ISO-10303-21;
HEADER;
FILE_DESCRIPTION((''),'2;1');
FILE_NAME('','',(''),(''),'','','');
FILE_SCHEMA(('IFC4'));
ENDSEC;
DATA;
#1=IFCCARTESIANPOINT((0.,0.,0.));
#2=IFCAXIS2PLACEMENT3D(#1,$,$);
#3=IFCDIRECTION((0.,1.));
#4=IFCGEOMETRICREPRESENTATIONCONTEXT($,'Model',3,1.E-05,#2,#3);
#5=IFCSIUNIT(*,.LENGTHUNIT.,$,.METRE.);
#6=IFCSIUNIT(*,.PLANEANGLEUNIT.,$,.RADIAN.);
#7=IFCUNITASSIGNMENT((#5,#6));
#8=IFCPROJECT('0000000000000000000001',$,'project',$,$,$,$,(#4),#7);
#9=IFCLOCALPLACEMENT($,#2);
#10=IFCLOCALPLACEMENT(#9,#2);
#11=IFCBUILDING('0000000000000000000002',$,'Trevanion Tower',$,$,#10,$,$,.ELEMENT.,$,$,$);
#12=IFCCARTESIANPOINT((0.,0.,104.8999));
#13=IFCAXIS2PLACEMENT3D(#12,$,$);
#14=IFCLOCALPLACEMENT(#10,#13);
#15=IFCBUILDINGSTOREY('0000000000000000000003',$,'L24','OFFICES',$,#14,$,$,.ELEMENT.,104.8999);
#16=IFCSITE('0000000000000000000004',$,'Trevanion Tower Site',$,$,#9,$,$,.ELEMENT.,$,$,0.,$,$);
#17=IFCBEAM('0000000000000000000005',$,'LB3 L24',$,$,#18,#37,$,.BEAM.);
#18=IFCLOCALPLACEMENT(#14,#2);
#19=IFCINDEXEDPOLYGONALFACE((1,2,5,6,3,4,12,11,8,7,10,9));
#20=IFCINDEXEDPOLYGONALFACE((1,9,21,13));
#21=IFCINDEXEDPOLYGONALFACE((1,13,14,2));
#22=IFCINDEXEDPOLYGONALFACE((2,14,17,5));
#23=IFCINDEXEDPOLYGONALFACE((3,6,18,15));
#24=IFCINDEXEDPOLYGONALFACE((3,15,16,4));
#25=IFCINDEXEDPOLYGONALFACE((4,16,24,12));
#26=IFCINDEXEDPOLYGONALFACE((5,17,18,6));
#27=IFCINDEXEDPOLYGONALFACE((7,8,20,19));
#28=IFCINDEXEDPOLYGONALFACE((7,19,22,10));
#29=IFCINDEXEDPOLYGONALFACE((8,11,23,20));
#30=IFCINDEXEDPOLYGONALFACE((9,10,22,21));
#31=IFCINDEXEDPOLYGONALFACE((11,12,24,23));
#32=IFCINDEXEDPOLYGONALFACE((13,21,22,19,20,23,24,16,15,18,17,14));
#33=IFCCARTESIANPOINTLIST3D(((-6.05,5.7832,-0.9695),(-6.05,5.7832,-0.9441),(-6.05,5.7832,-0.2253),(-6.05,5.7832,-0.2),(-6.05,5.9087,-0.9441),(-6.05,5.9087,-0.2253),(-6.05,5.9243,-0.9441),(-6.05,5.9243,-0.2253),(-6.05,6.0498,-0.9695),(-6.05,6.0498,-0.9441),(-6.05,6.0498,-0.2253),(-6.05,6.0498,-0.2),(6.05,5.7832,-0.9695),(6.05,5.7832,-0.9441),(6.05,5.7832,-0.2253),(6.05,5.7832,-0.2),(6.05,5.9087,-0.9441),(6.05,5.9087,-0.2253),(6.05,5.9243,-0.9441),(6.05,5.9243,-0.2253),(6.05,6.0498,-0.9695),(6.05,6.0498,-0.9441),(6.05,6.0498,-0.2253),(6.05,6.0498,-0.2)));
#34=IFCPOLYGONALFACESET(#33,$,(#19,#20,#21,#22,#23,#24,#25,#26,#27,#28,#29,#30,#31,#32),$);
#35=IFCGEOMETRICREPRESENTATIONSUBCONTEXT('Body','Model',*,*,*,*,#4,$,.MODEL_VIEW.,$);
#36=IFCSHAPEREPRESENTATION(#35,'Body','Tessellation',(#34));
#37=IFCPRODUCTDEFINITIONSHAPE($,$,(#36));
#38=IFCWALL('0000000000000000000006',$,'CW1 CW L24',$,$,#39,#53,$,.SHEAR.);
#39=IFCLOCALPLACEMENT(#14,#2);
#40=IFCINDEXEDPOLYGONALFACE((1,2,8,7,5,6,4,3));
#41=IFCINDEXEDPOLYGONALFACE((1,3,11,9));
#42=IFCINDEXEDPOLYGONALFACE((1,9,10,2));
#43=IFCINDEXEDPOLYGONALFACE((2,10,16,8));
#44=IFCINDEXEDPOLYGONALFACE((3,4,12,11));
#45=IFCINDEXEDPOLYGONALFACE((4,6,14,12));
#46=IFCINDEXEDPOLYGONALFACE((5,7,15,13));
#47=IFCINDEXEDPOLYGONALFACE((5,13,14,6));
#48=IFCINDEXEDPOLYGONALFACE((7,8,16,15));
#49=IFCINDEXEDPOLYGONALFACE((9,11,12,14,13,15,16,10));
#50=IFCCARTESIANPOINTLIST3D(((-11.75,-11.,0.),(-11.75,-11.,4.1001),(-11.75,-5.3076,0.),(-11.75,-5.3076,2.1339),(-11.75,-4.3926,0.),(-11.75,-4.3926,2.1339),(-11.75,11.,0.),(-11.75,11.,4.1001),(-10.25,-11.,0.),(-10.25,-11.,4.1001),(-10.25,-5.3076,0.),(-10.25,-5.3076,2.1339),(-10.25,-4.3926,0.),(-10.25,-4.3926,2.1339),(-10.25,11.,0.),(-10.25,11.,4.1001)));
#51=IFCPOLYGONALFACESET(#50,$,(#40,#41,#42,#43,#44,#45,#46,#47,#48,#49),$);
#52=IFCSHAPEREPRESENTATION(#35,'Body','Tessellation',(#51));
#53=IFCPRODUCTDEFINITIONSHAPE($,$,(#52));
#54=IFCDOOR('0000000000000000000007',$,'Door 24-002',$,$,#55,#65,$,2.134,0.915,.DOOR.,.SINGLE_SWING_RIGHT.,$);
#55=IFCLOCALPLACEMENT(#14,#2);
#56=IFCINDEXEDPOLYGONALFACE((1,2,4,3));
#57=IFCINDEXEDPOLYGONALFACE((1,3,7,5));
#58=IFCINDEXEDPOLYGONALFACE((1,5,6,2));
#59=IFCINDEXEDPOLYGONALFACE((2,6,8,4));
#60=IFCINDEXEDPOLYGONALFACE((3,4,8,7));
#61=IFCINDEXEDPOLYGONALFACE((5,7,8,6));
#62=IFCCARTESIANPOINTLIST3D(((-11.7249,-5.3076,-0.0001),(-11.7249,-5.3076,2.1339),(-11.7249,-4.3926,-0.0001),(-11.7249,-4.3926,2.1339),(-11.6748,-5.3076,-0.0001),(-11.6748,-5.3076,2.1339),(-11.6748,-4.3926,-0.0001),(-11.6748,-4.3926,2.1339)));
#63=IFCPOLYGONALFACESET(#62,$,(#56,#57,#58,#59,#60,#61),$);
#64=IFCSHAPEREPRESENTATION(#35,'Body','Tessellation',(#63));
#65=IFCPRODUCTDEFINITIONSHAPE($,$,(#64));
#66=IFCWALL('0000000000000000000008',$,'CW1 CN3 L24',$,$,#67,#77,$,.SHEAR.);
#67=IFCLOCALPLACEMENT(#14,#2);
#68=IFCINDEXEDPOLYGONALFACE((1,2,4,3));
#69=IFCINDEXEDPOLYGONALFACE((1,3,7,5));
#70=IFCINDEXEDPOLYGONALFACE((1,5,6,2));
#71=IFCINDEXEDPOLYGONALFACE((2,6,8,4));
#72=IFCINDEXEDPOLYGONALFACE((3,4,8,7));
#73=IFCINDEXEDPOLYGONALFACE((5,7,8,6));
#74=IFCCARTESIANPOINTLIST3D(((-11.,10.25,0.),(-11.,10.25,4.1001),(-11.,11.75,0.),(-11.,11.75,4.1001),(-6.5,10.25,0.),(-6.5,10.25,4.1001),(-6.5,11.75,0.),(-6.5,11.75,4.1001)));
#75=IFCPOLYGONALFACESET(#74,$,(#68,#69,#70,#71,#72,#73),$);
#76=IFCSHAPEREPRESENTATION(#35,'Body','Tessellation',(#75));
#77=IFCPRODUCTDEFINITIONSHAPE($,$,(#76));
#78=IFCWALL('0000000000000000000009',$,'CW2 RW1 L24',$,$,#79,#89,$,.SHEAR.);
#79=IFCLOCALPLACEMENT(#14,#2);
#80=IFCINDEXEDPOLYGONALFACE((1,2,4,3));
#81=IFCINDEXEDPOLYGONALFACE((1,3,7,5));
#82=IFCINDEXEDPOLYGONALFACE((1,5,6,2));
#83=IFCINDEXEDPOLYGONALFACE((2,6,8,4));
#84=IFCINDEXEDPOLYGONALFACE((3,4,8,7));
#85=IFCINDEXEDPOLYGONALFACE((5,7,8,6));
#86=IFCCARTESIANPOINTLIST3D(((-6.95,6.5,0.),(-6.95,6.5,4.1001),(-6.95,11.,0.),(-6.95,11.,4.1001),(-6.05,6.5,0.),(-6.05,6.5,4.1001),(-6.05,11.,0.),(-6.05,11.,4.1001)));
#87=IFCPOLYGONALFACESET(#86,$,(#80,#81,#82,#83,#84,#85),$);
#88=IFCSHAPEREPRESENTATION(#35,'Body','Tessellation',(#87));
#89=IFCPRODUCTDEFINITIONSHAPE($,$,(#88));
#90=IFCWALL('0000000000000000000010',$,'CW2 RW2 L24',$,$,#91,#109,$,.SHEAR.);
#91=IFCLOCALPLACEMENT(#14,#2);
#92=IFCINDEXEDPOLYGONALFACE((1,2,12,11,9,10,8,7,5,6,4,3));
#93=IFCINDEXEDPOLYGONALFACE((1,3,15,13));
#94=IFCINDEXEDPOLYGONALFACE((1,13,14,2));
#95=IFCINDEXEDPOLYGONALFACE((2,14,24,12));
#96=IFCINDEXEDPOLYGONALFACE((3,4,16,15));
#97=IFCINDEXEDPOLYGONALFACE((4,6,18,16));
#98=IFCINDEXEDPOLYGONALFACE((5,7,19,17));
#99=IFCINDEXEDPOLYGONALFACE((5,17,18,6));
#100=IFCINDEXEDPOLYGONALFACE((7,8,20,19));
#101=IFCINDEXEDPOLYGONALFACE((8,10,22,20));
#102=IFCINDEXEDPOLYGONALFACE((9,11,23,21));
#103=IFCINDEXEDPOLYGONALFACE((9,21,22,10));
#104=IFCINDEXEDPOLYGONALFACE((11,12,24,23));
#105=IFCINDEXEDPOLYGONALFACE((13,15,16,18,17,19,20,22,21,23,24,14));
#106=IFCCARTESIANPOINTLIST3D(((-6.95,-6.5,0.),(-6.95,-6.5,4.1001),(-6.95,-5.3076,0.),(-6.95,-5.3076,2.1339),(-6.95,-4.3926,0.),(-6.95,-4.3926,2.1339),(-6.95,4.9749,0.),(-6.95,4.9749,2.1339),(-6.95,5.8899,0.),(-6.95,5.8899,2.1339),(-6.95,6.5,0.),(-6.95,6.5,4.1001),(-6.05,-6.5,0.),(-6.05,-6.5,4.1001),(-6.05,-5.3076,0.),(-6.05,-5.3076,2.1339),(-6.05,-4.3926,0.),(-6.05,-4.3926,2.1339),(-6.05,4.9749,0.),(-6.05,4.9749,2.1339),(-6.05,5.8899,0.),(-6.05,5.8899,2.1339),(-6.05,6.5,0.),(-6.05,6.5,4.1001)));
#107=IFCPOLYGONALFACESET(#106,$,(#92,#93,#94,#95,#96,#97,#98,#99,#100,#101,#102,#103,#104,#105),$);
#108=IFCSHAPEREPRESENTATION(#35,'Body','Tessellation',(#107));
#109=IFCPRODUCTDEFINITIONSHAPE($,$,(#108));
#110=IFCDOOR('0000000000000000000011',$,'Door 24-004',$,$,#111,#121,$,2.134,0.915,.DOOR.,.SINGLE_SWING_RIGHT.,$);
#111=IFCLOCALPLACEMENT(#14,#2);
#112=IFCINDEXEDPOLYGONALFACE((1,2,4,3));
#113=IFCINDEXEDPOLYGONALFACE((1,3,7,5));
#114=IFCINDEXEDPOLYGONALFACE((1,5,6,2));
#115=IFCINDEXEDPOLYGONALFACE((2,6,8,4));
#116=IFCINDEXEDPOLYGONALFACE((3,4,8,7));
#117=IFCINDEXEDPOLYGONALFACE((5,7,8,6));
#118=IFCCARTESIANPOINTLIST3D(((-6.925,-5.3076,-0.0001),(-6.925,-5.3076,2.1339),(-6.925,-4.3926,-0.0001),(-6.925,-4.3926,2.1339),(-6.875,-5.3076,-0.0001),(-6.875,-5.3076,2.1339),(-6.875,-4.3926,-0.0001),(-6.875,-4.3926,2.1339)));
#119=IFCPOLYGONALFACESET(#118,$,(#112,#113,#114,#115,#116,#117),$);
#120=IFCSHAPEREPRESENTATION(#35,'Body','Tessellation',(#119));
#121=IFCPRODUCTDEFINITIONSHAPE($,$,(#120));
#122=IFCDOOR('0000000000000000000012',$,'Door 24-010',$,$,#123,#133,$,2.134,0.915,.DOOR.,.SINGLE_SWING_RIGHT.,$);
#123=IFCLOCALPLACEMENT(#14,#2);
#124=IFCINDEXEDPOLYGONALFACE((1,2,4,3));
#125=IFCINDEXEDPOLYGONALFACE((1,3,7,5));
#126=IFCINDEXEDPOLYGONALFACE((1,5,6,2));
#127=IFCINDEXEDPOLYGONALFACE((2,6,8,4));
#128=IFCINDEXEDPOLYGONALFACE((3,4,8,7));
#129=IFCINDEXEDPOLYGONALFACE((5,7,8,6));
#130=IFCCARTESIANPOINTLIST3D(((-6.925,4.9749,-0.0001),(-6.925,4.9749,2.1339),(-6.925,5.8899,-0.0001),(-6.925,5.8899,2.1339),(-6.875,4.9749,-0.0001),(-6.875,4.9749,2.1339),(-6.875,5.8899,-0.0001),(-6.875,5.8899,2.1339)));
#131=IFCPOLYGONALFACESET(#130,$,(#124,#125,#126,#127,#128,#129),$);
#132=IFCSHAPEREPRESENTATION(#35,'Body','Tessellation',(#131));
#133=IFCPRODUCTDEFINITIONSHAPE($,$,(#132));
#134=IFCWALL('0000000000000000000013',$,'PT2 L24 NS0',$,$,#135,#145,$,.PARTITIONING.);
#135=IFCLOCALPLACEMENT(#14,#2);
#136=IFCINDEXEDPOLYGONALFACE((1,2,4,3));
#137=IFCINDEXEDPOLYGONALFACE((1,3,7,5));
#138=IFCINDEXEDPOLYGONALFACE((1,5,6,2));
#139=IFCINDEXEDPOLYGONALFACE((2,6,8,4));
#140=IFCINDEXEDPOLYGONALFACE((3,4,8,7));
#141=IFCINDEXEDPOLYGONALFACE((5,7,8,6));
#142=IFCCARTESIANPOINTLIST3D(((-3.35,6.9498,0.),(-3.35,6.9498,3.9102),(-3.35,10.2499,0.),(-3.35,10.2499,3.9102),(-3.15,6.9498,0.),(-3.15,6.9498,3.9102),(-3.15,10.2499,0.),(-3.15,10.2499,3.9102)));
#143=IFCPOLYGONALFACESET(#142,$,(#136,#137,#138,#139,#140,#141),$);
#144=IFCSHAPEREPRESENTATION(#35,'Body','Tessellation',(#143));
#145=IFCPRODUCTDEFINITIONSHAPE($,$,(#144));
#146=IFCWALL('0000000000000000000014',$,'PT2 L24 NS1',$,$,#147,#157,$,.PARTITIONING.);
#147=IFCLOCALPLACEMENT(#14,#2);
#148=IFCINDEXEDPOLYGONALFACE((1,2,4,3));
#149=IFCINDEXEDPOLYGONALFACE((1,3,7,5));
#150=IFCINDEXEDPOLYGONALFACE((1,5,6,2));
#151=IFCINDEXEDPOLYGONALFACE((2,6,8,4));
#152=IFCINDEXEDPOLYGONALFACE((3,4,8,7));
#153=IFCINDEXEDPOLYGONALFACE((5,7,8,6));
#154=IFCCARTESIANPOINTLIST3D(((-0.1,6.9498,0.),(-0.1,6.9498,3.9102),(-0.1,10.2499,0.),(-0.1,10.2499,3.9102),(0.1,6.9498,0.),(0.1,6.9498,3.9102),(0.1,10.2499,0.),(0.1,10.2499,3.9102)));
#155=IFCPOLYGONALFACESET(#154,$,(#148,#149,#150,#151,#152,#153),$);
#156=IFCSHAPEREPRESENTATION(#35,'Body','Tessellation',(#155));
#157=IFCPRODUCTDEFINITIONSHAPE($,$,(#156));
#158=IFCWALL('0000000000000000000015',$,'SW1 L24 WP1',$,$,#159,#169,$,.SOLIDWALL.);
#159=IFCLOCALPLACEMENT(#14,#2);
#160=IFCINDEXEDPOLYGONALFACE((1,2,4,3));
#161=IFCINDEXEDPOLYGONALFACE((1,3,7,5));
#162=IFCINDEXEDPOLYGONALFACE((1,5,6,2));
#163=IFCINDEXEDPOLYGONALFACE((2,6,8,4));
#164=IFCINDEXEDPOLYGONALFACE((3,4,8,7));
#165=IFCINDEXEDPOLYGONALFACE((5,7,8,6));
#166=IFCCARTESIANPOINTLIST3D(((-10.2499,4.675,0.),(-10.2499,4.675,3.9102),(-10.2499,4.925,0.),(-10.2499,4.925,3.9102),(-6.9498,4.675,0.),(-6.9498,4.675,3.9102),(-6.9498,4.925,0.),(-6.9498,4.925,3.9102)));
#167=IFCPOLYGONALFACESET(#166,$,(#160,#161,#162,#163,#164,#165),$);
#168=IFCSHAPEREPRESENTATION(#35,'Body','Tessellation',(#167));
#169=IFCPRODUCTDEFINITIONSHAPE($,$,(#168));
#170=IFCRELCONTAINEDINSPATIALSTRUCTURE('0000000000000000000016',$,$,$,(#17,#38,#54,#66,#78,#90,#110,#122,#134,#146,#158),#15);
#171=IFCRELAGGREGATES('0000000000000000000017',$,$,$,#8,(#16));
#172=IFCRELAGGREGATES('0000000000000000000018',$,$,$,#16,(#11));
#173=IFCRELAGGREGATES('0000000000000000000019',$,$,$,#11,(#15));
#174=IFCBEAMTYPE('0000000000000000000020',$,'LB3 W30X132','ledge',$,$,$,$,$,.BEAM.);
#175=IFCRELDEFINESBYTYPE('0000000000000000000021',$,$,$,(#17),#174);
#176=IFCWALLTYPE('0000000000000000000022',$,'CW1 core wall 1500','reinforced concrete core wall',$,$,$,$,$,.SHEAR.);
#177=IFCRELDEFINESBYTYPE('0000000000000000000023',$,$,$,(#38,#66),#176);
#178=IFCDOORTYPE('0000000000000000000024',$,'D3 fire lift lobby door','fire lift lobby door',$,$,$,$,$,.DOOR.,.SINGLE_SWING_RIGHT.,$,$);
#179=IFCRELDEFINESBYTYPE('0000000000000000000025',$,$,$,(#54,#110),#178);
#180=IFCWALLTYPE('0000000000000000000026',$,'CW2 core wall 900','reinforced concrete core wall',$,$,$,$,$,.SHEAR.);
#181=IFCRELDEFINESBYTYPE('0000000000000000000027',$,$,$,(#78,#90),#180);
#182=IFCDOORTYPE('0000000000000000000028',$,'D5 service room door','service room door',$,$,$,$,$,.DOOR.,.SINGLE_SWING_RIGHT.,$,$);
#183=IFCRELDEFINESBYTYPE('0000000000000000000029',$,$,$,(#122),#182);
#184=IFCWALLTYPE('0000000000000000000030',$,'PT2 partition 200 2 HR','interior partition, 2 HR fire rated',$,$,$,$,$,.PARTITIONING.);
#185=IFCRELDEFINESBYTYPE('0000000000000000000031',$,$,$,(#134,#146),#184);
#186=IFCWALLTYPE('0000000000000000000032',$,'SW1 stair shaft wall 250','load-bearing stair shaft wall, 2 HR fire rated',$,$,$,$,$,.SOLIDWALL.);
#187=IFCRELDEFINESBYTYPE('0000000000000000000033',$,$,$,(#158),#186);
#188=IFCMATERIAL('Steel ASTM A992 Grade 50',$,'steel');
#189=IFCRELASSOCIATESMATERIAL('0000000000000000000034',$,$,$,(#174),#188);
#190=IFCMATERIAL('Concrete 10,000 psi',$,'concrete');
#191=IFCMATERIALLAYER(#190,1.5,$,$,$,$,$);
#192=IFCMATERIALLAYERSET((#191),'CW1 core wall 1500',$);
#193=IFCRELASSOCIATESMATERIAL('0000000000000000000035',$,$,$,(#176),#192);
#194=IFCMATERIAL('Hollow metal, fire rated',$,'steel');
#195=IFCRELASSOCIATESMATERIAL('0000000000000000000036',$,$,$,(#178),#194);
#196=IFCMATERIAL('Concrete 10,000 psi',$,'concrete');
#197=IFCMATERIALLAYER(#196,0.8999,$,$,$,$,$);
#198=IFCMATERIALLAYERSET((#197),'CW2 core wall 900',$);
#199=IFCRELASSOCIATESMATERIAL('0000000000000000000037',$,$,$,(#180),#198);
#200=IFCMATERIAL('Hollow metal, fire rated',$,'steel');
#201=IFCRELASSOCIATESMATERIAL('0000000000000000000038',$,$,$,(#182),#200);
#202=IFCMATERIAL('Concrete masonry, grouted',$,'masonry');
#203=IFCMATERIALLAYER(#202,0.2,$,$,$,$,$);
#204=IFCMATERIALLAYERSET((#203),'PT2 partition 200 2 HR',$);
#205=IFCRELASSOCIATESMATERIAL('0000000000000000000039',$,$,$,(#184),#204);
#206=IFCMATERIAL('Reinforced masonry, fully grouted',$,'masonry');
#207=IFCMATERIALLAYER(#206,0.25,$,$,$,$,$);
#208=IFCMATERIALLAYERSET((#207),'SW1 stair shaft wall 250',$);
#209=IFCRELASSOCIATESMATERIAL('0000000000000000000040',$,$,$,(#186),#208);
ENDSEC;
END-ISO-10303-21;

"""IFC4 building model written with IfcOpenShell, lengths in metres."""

from ifc_helpers import new_model, si_unit, direction, frame, frame_2d, origin, origin_2d, place, context, subcontext, project, spatial, rectangle, i_section, extrude, material, layer, layer_set, material_profile, profile_set, type_object, element, fill, save


model = new_model("IFC4")

# Units and contexts
model_context = context("Model", 3, precision=1e-05, world=origin(), true_north=direction((0.0, 1.0)))
body_context = subcontext(model_context, "Body", "Model", "MODEL_VIEW")
ifc_project = project(units=[si_unit("LENGTHUNIT", "METRE"), si_unit("PLANEANGLEUNIT", "RADIAN")], contexts=[model_context])

# Site, building, storey
site_placement = place(None, origin())
site = spatial("IfcSite", under=ifc_project, at=site_placement, Name="Trevanion Tower Site", CompositionType="ELEMENT", RefElevation=0.0)
building_placement = place(site_placement, origin())
building = spatial("IfcBuilding", under=site, at=building_placement, Name="Trevanion Tower", CompositionType="ELEMENT")
storey_placement = place(building_placement, frame((0.0, 0.0, 104.8999)))
storey = spatial("IfcBuildingStorey", under=building, at=storey_placement, Name="L24", Description="OFFICES", CompositionType="ELEMENT", Elevation=104.8999)

# Beam
ifc_material_1 = material(Name="Steel ASTM A992 Grade 50", Category="steel")
ifc_material_profile_1 = material_profile(ifc_material_1, i_section(OverallWidth=0.2666, OverallDepth=0.7695, WebThickness=0.0156, FlangeThickness=0.0254, at=origin_2d()), Name="W30X132")
ifc_profile_set_1 = profile_set([ifc_material_profile_1], Name="Steel ASTM A992 Grade 50")
beam_type_1 = type_object("IfcBeamType", Name="LB3 W30X132", Description="ledge", PredefinedType="BEAM", material=ifc_profile_set_1)
beam_1_placement = place(storey_placement, frame((-6.05, 5.9165, -0.5847), z_axis=(1.0, 0.0, 0.0), x_axis=(0.0, 1.0, 0.0)))
element("IfcBeam", 1, at=beam_1_placement, inside=storey, type_object=beam_type_1, Name="LB3 L24", PredefinedType="BEAM", context=body_context, shape_type="SweptSolid", body=[
    extrude(i_section(OverallWidth=0.2666, OverallDepth=0.7695, WebThickness=0.0156, FlangeThickness=0.0254, at=origin_2d()), origin(), (0.0, 0.0, 1.0), 12.1001),
])

# Wall, opening, door
ifc_material_2 = material(Name="Concrete 10,000 psi", Category="concrete")
ifc_layer_1 = layer(ifc_material_2, 1.5)
ifc_layer_set_1 = layer_set([ifc_layer_1], Name="CW1 core wall 1500")
wall_type_1 = type_object("IfcWallType", Name="CW1 core wall 1500", Description="reinforced concrete core wall", PredefinedType="SHEAR", material=ifc_layer_set_1)
wall_1_placement = place(storey_placement, frame((-11.0, 11.0, 0.0), z_axis=(0.0, 0.0, 1.0), x_axis=(0.0, -1.0, 0.0)))
wall_1 = element("IfcWall", 2, at=wall_1_placement, inside=storey, type_object=wall_type_1, Name="CW1 CW L24", PredefinedType="SHEAR", context=body_context, shape_type="SweptSolid", body=[
    extrude(rectangle(XDim=22.0, YDim=1.5, at=frame_2d((11.0, 0.0))), origin(), (0.0, 0.0, 1.0), 4.1001),
])
opening_1_placement = place(wall_1_placement, frame((15.3926, 0.0, 0.0)))
opening_1 = element("IfcOpeningElement", 3, at=opening_1_placement, cuts=wall_1, PredefinedType="OPENING", context=body_context, shape_type="SweptSolid", body=[
    extrude(rectangle(XDim=0.915, YDim=2.134, at=frame_2d((0.4575, 1.0669))), frame((0.0, 0.76, 0.0), z_axis=(0.0, -1.0, 0.0), x_axis=(1.0, 0.0, 0.0)), (0.0, 0.0, 1.0), 1.52),
])
ifc_material_3 = material(Name="Hollow metal, fire rated", Category="steel")
door_type_1 = type_object("IfcDoorType", Name="D3 fire lift lobby door", Description="fire lift lobby door", OperationType="SINGLE_SWING_RIGHT", PredefinedType="DOOR", material=ifc_material_3)
door_1_placement = place(opening_1_placement, origin())
door_1 = element("IfcDoor", 4, at=door_1_placement, inside=storey, type_object=door_type_1, Name="Door 24-002", OperationType="SINGLE_SWING_RIGHT", OverallHeight=2.134, OverallWidth=0.915, PredefinedType="DOOR", context=body_context, shape_type="SweptSolid", body=[
    extrude(rectangle(XDim=0.915, YDim=2.134, at=frame_2d((0.4575, 1.0669))), frame((0.0, -0.6748, 0.0), z_axis=(0.0, -1.0, 0.0), x_axis=(1.0, 0.0, 0.0)), (0.0, 0.0, 1.0), 0.05),
])
fill(opening_1, door_1)

# Walls
wall_2_placement = place(storey_placement, frame((-6.5, 11.0, 0.0), z_axis=(0.0, 0.0, 1.0), x_axis=(-1.0, 0.0, 0.0)))
element("IfcWall", 5, at=wall_2_placement, inside=storey, type_object=wall_type_1, Name="CW1 CN3 L24", PredefinedType="SHEAR", context=body_context, shape_type="SweptSolid", body=[
    extrude(rectangle(XDim=4.5, YDim=1.5, at=frame_2d((2.25, 0.0))), origin(), (0.0, 0.0, 1.0), 4.1001),
])
ifc_material_4 = material(Name="Concrete 10,000 psi", Category="concrete")
ifc_layer_2 = layer(ifc_material_4, 0.8999)
ifc_layer_set_2 = layer_set([ifc_layer_2], Name="CW2 core wall 900")
wall_type_2 = type_object("IfcWallType", Name="CW2 core wall 900", Description="reinforced concrete core wall", PredefinedType="SHEAR", material=ifc_layer_set_2)
wall_3_placement = place(storey_placement, frame((-6.5, 11.0, 0.0), z_axis=(0.0, 0.0, 1.0), x_axis=(0.0, -1.0, 0.0)))
element("IfcWall", 6, at=wall_3_placement, inside=storey, type_object=wall_type_2, Name="CW2 RW1 L24", PredefinedType="SHEAR", context=body_context, shape_type="SweptSolid", body=[
    extrude(rectangle(XDim=4.5, YDim=0.8999, at=frame_2d((2.25, 0.0))), origin(), (0.0, 0.0, 1.0), 4.1001),
])

# Wall, openings, doors
wall_4_placement = place(storey_placement, frame((-6.5, 6.5, 0.0), z_axis=(0.0, 0.0, 1.0), x_axis=(0.0, -1.0, 0.0)))
wall_4 = element("IfcWall", 7, at=wall_4_placement, inside=storey, type_object=wall_type_2, Name="CW2 RW2 L24", PredefinedType="SHEAR", context=body_context, shape_type="SweptSolid", body=[
    extrude(rectangle(XDim=13.0, YDim=0.8999, at=frame_2d((6.5, 0.0))), origin(), (0.0, 0.0, 1.0), 4.1001),
])
opening_2_placement = place(wall_4_placement, frame((10.8926, 0.0, 0.0)))
opening_2 = element("IfcOpeningElement", 8, at=opening_2_placement, cuts=wall_4, PredefinedType="OPENING", context=body_context, shape_type="SweptSolid", body=[
    extrude(rectangle(XDim=0.915, YDim=2.134, at=frame_2d((0.4575, 1.0669))), frame((0.0, 0.46, 0.0), z_axis=(0.0, -1.0, 0.0), x_axis=(1.0, 0.0, 0.0)), (0.0, 0.0, 1.0), 0.9199),
])
opening_3_placement = place(wall_4_placement, frame((0.6101, 0.0, 0.0)))
opening_3 = element("IfcOpeningElement", 9, at=opening_3_placement, cuts=wall_4, PredefinedType="OPENING", context=body_context, shape_type="SweptSolid", body=[
    extrude(rectangle(XDim=0.915, YDim=2.134, at=frame_2d((0.4575, 1.0669))), frame((0.0, 0.46, 0.0), z_axis=(0.0, -1.0, 0.0), x_axis=(1.0, 0.0, 0.0)), (0.0, 0.0, 1.0), 0.9199),
])
door_2_placement = place(opening_2_placement, origin())
door_2 = element("IfcDoor", 10, at=door_2_placement, inside=storey, type_object=door_type_1, Name="Door 24-004", OperationType="SINGLE_SWING_RIGHT", OverallHeight=2.134, OverallWidth=0.915, PredefinedType="DOOR", context=body_context, shape_type="SweptSolid", body=[
    extrude(rectangle(XDim=0.915, YDim=2.134, at=frame_2d((0.4575, 1.0669))), frame((0.0, -0.375, 0.0), z_axis=(0.0, -1.0, 0.0), x_axis=(1.0, 0.0, 0.0)), (0.0, 0.0, 1.0), 0.05),
])
fill(opening_2, door_2)
ifc_material_5 = material(Name="Hollow metal, fire rated", Category="steel")
door_type_2 = type_object("IfcDoorType", Name="D5 service room door", Description="service room door", OperationType="SINGLE_SWING_RIGHT", PredefinedType="DOOR", material=ifc_material_5)
door_3_placement = place(opening_3_placement, origin())
door_3 = element("IfcDoor", 11, at=door_3_placement, inside=storey, type_object=door_type_2, Name="Door 24-010", OperationType="SINGLE_SWING_RIGHT", OverallHeight=2.134, OverallWidth=0.915, PredefinedType="DOOR", context=body_context, shape_type="SweptSolid", body=[
    extrude(rectangle(XDim=0.915, YDim=2.134, at=frame_2d((0.4575, 1.0669))), frame((0.0, -0.375, 0.0), z_axis=(0.0, -1.0, 0.0), x_axis=(1.0, 0.0, 0.0)), (0.0, 0.0, 1.0), 0.05),
])
fill(opening_3, door_3)

# Walls
ifc_material_6 = material(Name="Concrete masonry, grouted", Category="masonry")
ifc_layer_3 = layer(ifc_material_6, 0.2)
ifc_layer_set_3 = layer_set([ifc_layer_3], Name="PT2 partition 200 2 HR")
wall_type_3 = type_object("IfcWallType", Name="PT2 partition 200 2 HR", Description="interior partition, 2 HR fire rated", PredefinedType="PARTITIONING", material=ifc_layer_set_3)
for number, where, z_axis, x_axis, name in (
    (12, (-3.25, 6.95, 0.0), (0.0, 0.0, 1.0), (0.0, 1.0, 0.0), "PT2 L24 NS0"),
    (13, (0.0, 6.95, 0.0), (0.0, 0.0, 1.0), (0.0, 1.0, 0.0), "PT2 L24 NS1"),
):
    element("IfcWall", number, at=place(storey_placement, frame(where, z_axis=z_axis, x_axis=x_axis)), inside=storey, type_object=wall_type_3, Name=name, PredefinedType="PARTITIONING", context=body_context, shape_type="SweptSolid", body=[
        extrude(rectangle(XDim=3.3, YDim=0.2, at=frame_2d((1.6499, 0.0))), origin(), (0.0, 0.0, 1.0), 3.9102),
    ])
ifc_material_7 = material(Name="Reinforced masonry, fully grouted", Category="masonry")
ifc_layer_4 = layer(ifc_material_7, 0.25)
ifc_layer_set_4 = layer_set([ifc_layer_4], Name="SW1 stair shaft wall 250")
wall_type_4 = type_object("IfcWallType", Name="SW1 stair shaft wall 250", Description="load-bearing stair shaft wall, 2 HR fire rated", PredefinedType="SOLIDWALL", material=ifc_layer_set_4)
wall_5_placement = place(storey_placement, frame((-6.95, 4.8, 0.0), z_axis=(0.0, 0.0, 1.0), x_axis=(-1.0, 0.0, 0.0)))
element("IfcWall", 14, at=wall_5_placement, inside=storey, type_object=wall_type_4, Name="SW1 L24 WP1", PredefinedType="SOLIDWALL", context=body_context, shape_type="SweptSolid", body=[
    extrude(rectangle(XDim=3.3, YDim=0.25, at=frame_2d((1.6499, 0.0))), origin(), (0.0, 0.0, 1.0), 3.9102),
])

save(model, "model.ifc")
